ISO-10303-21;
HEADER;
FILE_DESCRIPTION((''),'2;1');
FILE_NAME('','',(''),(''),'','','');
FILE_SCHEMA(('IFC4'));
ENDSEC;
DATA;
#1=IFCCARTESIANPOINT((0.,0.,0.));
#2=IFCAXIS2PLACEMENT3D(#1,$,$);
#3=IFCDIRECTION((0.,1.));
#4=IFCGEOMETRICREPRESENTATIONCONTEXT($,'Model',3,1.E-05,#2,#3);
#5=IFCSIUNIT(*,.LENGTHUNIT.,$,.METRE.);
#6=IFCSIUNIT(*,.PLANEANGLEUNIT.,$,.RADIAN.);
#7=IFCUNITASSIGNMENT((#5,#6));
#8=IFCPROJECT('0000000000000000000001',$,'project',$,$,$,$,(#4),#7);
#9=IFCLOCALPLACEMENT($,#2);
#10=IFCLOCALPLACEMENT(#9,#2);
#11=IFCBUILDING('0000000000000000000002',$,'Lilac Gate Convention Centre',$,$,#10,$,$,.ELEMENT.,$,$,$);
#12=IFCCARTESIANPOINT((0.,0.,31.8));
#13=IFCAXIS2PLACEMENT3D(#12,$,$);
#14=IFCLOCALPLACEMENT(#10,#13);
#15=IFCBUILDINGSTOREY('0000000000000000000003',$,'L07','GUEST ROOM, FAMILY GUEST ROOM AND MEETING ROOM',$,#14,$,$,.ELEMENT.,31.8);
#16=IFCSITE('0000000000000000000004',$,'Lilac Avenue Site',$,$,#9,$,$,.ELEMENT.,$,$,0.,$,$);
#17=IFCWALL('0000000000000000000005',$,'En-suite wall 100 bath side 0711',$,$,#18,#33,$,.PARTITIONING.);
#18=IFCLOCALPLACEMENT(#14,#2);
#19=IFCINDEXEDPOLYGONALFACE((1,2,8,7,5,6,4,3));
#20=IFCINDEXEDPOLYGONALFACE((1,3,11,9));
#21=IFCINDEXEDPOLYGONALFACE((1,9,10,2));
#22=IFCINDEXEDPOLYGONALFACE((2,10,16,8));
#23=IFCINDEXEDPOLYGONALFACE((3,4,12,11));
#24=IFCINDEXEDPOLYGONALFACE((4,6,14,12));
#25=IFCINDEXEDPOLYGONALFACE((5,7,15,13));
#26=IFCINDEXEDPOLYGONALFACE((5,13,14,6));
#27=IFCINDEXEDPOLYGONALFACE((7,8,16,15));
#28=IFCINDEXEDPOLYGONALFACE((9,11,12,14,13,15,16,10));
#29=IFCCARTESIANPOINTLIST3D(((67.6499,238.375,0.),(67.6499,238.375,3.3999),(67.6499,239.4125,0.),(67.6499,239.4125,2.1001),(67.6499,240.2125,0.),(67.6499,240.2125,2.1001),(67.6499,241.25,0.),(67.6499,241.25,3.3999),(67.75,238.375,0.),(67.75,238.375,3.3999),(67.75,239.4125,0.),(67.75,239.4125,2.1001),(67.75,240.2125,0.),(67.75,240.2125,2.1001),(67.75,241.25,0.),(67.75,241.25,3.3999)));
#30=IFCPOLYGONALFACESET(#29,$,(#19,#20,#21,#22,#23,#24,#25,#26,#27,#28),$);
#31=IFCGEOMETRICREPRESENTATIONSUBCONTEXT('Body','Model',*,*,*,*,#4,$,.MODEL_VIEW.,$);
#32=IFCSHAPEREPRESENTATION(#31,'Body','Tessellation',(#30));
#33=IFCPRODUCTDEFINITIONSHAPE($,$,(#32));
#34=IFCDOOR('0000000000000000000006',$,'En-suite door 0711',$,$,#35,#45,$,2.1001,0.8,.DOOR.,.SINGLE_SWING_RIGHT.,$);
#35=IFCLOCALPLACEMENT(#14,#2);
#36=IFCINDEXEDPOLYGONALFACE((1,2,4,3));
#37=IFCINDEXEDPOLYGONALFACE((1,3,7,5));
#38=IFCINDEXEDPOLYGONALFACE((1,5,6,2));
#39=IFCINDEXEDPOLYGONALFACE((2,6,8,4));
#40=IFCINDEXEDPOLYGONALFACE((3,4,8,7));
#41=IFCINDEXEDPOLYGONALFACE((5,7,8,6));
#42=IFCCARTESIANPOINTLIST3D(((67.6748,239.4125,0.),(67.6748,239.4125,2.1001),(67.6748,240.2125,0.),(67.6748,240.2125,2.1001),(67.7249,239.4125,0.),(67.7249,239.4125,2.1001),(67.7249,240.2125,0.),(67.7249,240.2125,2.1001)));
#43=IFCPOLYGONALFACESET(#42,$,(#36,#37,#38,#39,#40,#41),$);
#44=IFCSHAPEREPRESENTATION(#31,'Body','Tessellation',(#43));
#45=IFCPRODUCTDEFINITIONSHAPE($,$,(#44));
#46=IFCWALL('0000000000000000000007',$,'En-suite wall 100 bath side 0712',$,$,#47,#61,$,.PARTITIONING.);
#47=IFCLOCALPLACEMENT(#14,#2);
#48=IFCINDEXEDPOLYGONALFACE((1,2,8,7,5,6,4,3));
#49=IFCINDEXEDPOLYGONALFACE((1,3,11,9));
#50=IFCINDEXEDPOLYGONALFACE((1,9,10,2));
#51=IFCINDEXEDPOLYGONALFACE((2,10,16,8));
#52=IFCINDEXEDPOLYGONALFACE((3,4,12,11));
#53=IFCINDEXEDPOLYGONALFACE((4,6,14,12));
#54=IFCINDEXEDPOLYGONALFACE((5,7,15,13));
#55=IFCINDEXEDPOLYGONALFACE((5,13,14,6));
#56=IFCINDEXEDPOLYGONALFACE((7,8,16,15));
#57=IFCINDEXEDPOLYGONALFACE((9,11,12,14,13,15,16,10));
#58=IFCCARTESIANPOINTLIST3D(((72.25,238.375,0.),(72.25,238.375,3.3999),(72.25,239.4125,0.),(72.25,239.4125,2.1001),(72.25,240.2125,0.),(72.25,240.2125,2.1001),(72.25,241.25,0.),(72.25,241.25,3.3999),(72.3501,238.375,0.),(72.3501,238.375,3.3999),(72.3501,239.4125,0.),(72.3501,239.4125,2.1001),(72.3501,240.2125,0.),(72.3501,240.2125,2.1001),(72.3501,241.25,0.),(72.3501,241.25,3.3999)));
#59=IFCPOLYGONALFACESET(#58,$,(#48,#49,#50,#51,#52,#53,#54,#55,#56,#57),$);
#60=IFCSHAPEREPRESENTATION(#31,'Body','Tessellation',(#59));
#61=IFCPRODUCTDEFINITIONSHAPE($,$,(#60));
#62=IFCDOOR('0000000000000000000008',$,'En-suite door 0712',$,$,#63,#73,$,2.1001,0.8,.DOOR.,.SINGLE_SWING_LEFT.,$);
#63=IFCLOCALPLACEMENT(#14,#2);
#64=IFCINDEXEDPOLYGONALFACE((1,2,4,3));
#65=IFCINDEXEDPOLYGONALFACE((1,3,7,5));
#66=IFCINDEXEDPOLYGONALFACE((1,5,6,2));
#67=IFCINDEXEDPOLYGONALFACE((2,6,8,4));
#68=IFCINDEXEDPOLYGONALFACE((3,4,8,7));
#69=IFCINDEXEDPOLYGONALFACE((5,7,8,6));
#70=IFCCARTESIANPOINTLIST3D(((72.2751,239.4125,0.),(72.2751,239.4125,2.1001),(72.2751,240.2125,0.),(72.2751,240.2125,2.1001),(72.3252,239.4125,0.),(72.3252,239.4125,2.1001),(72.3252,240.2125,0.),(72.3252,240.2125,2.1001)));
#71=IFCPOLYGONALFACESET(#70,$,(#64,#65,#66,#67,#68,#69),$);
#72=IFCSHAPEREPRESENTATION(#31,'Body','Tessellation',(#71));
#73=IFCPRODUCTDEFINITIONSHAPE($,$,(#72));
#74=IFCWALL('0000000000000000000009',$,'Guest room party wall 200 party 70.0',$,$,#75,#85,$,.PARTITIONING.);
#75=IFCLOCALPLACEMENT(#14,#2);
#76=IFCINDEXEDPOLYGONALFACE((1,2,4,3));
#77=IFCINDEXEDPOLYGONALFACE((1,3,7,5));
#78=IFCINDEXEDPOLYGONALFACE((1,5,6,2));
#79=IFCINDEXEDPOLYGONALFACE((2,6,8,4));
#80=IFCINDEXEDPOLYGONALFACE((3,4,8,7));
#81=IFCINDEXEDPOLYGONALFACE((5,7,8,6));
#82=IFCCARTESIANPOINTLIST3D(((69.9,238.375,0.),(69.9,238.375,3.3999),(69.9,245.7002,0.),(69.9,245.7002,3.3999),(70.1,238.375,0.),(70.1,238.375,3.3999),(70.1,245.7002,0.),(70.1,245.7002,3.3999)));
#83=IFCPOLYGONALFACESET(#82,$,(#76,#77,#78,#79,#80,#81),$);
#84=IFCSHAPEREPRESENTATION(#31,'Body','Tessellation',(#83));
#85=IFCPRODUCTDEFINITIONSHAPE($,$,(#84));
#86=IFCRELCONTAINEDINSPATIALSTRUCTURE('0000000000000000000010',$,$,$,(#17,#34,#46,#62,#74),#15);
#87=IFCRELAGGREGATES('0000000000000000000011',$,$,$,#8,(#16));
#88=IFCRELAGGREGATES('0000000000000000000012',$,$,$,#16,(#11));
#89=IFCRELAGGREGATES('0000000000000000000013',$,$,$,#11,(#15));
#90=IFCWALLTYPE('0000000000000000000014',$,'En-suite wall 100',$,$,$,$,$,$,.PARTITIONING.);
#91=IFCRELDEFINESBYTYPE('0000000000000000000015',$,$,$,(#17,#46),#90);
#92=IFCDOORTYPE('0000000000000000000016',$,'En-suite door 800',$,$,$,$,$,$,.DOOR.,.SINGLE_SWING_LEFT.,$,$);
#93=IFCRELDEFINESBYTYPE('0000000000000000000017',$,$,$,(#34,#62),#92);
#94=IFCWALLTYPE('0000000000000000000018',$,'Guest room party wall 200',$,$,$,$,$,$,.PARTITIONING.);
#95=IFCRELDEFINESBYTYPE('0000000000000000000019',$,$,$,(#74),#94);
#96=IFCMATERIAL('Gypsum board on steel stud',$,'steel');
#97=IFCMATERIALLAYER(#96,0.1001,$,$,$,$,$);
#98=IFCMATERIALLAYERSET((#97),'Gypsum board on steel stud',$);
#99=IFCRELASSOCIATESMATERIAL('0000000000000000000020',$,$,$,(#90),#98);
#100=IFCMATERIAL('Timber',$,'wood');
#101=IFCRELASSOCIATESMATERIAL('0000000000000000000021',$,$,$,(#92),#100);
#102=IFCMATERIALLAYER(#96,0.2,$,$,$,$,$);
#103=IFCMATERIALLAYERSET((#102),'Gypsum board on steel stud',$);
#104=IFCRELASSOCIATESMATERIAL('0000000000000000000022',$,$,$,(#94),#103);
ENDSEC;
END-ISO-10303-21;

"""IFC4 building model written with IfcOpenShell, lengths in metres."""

from ifc_helpers import new_model, si_unit, direction, frame, frame_2d, origin, place, context, subcontext, project, spatial, rectangle, extrude, material, layer, layer_set, type_object, element, fill, save


model = new_model("IFC4")

# Units and contexts
model_context = context("Model", 3, precision=1e-05, world=origin(), true_north=direction((0.0, 1.0)))
body_context = subcontext(model_context, "Body", "Model", "MODEL_VIEW")
ifc_project = project(units=[si_unit("LENGTHUNIT", "METRE"), si_unit("PLANEANGLEUNIT", "RADIAN")], contexts=[model_context])

# Site, building, storey
site_placement = place(None, origin())
site = spatial("IfcSite", under=ifc_project, at=site_placement, Name="Lilac Avenue Site", CompositionType="ELEMENT", RefElevation=0.0)
building_placement = place(site_placement, origin())
building = spatial("IfcBuilding", under=site, at=building_placement, Name="Lilac Gate Convention Centre", CompositionType="ELEMENT")
storey_placement = place(building_placement, frame((0.0, 0.0, 31.8)))
storey = spatial("IfcBuildingStorey", under=building, at=storey_placement, Name="L07", Description="GUEST ROOM, FAMILY GUEST ROOM AND MEETING ROOM", CompositionType="ELEMENT", Elevation=31.8)

# Shared definitions
ifc_material_1 = material(Name="Gypsum board on steel stud", Category="steel")
ifc_material_2 = material(Name="Timber", Category="wood")

# Shared definitions
ifc_layer_1 = layer(ifc_material_1, 0.1001)
ifc_layer_set_1 = layer_set([ifc_layer_1], Name="Gypsum board on steel stud")
wall_type_1 = type_object("IfcWallType", Name="En-suite wall 100", PredefinedType="PARTITIONING", material=ifc_layer_set_1)

# Walls, openings, doors
wall_1_placement = place(storey_placement, frame((67.7, 241.25, 0.0), z_axis=(0.0, 0.0, 1.0), x_axis=(0.0, -1.0, 0.0)))
wall_1 = element("IfcWall", 1, at=wall_1_placement, inside=storey, type_object=wall_type_1, Name="En-suite wall 100 bath side 0711", PredefinedType="PARTITIONING", context=body_context, shape_type="SweptSolid", body=[
    extrude(rectangle(XDim=2.875, YDim=0.1001, at=frame_2d((1.4375, 0.0))), origin(), (0.0, 0.0, 1.0), 3.3999),
])
opening_1_placement = place(wall_1_placement, frame((1.0376, 0.0, 0.0)))
opening_1 = element("IfcOpeningElement", 2, at=opening_1_placement, cuts=wall_1, PredefinedType="OPENING", context=body_context, shape_type="SweptSolid", body=[
    extrude(rectangle(XDim=0.8, YDim=2.1001, at=frame_2d((0.3999, 1.05))), frame((0.0, 0.0601, 0.0), z_axis=(0.0, -1.0, 0.0), x_axis=(1.0, 0.0, 0.0)), (0.0, 0.0, 1.0), 0.1201),
])
door_type_1 = type_object("IfcDoorType", Name="En-suite door 800", OperationType="SINGLE_SWING_LEFT", PredefinedType="DOOR", material=ifc_material_2)
door_1_placement = place(opening_1_placement, origin())
door_1 = element("IfcDoor", 3, at=door_1_placement, inside=storey, type_object=door_type_1, Name="En-suite door 0711", OperationType="SINGLE_SWING_RIGHT", OverallHeight=2.1001, OverallWidth=0.8, PredefinedType="DOOR", context=body_context, shape_type="SweptSolid", body=[
    extrude(rectangle(XDim=0.8, YDim=2.1001, at=frame_2d((0.3999, 1.05))), frame((0.0, 0.0249, 0.0), z_axis=(0.0, -1.0, 0.0), x_axis=(1.0, 0.0, 0.0)), (0.0, 0.0, 1.0), 0.05),
])
fill(opening_1, door_1)
wall_2_placement = place(storey_placement, frame((72.3, 238.375, 0.0), z_axis=(0.0, 0.0, 1.0), x_axis=(0.0, 1.0, 0.0)))
wall_2 = element("IfcWall", 4, at=wall_2_placement, inside=storey, type_object=wall_type_1, Name="En-suite wall 100 bath side 0712", PredefinedType="PARTITIONING", context=body_context, shape_type="SweptSolid", body=[
    extrude(rectangle(XDim=2.875, YDim=0.1001, at=frame_2d((1.4375, 0.0))), origin(), (0.0, 0.0, 1.0), 3.3999),
])
opening_2_placement = place(wall_2_placement, frame((1.0376, 0.0, 0.0)))
opening_2 = element("IfcOpeningElement", 5, at=opening_2_placement, cuts=wall_2, PredefinedType="OPENING", context=body_context, shape_type="SweptSolid", body=[
    extrude(rectangle(XDim=0.8, YDim=2.1001, at=frame_2d((0.3999, 1.05))), frame((0.0, 0.0601, 0.0), z_axis=(0.0, -1.0, 0.0), x_axis=(1.0, 0.0, 0.0)), (0.0, 0.0, 1.0), 0.1201),
])
door_2_placement = place(opening_2_placement, origin())
door_2 = element("IfcDoor", 6, at=door_2_placement, inside=storey, type_object=door_type_1, Name="En-suite door 0712", OperationType="SINGLE_SWING_LEFT", OverallHeight=2.1001, OverallWidth=0.8, PredefinedType="DOOR", context=body_context, shape_type="SweptSolid", body=[
    extrude(rectangle(XDim=0.8, YDim=2.1001, at=frame_2d((0.3999, 1.05))), frame((0.0, 0.0249, 0.0), z_axis=(0.0, -1.0, 0.0), x_axis=(1.0, 0.0, 0.0)), (0.0, 0.0, 1.0), 0.05),
])
fill(opening_2, door_2)

# Wall
ifc_layer_2 = layer(ifc_material_1, 0.2)
ifc_layer_set_2 = layer_set([ifc_layer_2], Name="Gypsum board on steel stud")
wall_type_2 = type_object("IfcWallType", Name="Guest room party wall 200", PredefinedType="PARTITIONING", material=ifc_layer_set_2)
wall_3_placement = place(storey_placement, frame((70.0, 245.7002, 0.0), z_axis=(0.0, 0.0, 1.0), x_axis=(0.0, -1.0, 0.0)))
element("IfcWall", 7, at=wall_3_placement, inside=storey, type_object=wall_type_2, Name="Guest room party wall 200 party 70.0", PredefinedType="PARTITIONING", context=body_context, shape_type="SweptSolid", body=[
    extrude(rectangle(XDim=7.3252, YDim=0.2, at=frame_2d((3.6626, 0.0))), origin(), (0.0, 0.0, 1.0), 3.3999),
])

save(model, "model.ifc")
